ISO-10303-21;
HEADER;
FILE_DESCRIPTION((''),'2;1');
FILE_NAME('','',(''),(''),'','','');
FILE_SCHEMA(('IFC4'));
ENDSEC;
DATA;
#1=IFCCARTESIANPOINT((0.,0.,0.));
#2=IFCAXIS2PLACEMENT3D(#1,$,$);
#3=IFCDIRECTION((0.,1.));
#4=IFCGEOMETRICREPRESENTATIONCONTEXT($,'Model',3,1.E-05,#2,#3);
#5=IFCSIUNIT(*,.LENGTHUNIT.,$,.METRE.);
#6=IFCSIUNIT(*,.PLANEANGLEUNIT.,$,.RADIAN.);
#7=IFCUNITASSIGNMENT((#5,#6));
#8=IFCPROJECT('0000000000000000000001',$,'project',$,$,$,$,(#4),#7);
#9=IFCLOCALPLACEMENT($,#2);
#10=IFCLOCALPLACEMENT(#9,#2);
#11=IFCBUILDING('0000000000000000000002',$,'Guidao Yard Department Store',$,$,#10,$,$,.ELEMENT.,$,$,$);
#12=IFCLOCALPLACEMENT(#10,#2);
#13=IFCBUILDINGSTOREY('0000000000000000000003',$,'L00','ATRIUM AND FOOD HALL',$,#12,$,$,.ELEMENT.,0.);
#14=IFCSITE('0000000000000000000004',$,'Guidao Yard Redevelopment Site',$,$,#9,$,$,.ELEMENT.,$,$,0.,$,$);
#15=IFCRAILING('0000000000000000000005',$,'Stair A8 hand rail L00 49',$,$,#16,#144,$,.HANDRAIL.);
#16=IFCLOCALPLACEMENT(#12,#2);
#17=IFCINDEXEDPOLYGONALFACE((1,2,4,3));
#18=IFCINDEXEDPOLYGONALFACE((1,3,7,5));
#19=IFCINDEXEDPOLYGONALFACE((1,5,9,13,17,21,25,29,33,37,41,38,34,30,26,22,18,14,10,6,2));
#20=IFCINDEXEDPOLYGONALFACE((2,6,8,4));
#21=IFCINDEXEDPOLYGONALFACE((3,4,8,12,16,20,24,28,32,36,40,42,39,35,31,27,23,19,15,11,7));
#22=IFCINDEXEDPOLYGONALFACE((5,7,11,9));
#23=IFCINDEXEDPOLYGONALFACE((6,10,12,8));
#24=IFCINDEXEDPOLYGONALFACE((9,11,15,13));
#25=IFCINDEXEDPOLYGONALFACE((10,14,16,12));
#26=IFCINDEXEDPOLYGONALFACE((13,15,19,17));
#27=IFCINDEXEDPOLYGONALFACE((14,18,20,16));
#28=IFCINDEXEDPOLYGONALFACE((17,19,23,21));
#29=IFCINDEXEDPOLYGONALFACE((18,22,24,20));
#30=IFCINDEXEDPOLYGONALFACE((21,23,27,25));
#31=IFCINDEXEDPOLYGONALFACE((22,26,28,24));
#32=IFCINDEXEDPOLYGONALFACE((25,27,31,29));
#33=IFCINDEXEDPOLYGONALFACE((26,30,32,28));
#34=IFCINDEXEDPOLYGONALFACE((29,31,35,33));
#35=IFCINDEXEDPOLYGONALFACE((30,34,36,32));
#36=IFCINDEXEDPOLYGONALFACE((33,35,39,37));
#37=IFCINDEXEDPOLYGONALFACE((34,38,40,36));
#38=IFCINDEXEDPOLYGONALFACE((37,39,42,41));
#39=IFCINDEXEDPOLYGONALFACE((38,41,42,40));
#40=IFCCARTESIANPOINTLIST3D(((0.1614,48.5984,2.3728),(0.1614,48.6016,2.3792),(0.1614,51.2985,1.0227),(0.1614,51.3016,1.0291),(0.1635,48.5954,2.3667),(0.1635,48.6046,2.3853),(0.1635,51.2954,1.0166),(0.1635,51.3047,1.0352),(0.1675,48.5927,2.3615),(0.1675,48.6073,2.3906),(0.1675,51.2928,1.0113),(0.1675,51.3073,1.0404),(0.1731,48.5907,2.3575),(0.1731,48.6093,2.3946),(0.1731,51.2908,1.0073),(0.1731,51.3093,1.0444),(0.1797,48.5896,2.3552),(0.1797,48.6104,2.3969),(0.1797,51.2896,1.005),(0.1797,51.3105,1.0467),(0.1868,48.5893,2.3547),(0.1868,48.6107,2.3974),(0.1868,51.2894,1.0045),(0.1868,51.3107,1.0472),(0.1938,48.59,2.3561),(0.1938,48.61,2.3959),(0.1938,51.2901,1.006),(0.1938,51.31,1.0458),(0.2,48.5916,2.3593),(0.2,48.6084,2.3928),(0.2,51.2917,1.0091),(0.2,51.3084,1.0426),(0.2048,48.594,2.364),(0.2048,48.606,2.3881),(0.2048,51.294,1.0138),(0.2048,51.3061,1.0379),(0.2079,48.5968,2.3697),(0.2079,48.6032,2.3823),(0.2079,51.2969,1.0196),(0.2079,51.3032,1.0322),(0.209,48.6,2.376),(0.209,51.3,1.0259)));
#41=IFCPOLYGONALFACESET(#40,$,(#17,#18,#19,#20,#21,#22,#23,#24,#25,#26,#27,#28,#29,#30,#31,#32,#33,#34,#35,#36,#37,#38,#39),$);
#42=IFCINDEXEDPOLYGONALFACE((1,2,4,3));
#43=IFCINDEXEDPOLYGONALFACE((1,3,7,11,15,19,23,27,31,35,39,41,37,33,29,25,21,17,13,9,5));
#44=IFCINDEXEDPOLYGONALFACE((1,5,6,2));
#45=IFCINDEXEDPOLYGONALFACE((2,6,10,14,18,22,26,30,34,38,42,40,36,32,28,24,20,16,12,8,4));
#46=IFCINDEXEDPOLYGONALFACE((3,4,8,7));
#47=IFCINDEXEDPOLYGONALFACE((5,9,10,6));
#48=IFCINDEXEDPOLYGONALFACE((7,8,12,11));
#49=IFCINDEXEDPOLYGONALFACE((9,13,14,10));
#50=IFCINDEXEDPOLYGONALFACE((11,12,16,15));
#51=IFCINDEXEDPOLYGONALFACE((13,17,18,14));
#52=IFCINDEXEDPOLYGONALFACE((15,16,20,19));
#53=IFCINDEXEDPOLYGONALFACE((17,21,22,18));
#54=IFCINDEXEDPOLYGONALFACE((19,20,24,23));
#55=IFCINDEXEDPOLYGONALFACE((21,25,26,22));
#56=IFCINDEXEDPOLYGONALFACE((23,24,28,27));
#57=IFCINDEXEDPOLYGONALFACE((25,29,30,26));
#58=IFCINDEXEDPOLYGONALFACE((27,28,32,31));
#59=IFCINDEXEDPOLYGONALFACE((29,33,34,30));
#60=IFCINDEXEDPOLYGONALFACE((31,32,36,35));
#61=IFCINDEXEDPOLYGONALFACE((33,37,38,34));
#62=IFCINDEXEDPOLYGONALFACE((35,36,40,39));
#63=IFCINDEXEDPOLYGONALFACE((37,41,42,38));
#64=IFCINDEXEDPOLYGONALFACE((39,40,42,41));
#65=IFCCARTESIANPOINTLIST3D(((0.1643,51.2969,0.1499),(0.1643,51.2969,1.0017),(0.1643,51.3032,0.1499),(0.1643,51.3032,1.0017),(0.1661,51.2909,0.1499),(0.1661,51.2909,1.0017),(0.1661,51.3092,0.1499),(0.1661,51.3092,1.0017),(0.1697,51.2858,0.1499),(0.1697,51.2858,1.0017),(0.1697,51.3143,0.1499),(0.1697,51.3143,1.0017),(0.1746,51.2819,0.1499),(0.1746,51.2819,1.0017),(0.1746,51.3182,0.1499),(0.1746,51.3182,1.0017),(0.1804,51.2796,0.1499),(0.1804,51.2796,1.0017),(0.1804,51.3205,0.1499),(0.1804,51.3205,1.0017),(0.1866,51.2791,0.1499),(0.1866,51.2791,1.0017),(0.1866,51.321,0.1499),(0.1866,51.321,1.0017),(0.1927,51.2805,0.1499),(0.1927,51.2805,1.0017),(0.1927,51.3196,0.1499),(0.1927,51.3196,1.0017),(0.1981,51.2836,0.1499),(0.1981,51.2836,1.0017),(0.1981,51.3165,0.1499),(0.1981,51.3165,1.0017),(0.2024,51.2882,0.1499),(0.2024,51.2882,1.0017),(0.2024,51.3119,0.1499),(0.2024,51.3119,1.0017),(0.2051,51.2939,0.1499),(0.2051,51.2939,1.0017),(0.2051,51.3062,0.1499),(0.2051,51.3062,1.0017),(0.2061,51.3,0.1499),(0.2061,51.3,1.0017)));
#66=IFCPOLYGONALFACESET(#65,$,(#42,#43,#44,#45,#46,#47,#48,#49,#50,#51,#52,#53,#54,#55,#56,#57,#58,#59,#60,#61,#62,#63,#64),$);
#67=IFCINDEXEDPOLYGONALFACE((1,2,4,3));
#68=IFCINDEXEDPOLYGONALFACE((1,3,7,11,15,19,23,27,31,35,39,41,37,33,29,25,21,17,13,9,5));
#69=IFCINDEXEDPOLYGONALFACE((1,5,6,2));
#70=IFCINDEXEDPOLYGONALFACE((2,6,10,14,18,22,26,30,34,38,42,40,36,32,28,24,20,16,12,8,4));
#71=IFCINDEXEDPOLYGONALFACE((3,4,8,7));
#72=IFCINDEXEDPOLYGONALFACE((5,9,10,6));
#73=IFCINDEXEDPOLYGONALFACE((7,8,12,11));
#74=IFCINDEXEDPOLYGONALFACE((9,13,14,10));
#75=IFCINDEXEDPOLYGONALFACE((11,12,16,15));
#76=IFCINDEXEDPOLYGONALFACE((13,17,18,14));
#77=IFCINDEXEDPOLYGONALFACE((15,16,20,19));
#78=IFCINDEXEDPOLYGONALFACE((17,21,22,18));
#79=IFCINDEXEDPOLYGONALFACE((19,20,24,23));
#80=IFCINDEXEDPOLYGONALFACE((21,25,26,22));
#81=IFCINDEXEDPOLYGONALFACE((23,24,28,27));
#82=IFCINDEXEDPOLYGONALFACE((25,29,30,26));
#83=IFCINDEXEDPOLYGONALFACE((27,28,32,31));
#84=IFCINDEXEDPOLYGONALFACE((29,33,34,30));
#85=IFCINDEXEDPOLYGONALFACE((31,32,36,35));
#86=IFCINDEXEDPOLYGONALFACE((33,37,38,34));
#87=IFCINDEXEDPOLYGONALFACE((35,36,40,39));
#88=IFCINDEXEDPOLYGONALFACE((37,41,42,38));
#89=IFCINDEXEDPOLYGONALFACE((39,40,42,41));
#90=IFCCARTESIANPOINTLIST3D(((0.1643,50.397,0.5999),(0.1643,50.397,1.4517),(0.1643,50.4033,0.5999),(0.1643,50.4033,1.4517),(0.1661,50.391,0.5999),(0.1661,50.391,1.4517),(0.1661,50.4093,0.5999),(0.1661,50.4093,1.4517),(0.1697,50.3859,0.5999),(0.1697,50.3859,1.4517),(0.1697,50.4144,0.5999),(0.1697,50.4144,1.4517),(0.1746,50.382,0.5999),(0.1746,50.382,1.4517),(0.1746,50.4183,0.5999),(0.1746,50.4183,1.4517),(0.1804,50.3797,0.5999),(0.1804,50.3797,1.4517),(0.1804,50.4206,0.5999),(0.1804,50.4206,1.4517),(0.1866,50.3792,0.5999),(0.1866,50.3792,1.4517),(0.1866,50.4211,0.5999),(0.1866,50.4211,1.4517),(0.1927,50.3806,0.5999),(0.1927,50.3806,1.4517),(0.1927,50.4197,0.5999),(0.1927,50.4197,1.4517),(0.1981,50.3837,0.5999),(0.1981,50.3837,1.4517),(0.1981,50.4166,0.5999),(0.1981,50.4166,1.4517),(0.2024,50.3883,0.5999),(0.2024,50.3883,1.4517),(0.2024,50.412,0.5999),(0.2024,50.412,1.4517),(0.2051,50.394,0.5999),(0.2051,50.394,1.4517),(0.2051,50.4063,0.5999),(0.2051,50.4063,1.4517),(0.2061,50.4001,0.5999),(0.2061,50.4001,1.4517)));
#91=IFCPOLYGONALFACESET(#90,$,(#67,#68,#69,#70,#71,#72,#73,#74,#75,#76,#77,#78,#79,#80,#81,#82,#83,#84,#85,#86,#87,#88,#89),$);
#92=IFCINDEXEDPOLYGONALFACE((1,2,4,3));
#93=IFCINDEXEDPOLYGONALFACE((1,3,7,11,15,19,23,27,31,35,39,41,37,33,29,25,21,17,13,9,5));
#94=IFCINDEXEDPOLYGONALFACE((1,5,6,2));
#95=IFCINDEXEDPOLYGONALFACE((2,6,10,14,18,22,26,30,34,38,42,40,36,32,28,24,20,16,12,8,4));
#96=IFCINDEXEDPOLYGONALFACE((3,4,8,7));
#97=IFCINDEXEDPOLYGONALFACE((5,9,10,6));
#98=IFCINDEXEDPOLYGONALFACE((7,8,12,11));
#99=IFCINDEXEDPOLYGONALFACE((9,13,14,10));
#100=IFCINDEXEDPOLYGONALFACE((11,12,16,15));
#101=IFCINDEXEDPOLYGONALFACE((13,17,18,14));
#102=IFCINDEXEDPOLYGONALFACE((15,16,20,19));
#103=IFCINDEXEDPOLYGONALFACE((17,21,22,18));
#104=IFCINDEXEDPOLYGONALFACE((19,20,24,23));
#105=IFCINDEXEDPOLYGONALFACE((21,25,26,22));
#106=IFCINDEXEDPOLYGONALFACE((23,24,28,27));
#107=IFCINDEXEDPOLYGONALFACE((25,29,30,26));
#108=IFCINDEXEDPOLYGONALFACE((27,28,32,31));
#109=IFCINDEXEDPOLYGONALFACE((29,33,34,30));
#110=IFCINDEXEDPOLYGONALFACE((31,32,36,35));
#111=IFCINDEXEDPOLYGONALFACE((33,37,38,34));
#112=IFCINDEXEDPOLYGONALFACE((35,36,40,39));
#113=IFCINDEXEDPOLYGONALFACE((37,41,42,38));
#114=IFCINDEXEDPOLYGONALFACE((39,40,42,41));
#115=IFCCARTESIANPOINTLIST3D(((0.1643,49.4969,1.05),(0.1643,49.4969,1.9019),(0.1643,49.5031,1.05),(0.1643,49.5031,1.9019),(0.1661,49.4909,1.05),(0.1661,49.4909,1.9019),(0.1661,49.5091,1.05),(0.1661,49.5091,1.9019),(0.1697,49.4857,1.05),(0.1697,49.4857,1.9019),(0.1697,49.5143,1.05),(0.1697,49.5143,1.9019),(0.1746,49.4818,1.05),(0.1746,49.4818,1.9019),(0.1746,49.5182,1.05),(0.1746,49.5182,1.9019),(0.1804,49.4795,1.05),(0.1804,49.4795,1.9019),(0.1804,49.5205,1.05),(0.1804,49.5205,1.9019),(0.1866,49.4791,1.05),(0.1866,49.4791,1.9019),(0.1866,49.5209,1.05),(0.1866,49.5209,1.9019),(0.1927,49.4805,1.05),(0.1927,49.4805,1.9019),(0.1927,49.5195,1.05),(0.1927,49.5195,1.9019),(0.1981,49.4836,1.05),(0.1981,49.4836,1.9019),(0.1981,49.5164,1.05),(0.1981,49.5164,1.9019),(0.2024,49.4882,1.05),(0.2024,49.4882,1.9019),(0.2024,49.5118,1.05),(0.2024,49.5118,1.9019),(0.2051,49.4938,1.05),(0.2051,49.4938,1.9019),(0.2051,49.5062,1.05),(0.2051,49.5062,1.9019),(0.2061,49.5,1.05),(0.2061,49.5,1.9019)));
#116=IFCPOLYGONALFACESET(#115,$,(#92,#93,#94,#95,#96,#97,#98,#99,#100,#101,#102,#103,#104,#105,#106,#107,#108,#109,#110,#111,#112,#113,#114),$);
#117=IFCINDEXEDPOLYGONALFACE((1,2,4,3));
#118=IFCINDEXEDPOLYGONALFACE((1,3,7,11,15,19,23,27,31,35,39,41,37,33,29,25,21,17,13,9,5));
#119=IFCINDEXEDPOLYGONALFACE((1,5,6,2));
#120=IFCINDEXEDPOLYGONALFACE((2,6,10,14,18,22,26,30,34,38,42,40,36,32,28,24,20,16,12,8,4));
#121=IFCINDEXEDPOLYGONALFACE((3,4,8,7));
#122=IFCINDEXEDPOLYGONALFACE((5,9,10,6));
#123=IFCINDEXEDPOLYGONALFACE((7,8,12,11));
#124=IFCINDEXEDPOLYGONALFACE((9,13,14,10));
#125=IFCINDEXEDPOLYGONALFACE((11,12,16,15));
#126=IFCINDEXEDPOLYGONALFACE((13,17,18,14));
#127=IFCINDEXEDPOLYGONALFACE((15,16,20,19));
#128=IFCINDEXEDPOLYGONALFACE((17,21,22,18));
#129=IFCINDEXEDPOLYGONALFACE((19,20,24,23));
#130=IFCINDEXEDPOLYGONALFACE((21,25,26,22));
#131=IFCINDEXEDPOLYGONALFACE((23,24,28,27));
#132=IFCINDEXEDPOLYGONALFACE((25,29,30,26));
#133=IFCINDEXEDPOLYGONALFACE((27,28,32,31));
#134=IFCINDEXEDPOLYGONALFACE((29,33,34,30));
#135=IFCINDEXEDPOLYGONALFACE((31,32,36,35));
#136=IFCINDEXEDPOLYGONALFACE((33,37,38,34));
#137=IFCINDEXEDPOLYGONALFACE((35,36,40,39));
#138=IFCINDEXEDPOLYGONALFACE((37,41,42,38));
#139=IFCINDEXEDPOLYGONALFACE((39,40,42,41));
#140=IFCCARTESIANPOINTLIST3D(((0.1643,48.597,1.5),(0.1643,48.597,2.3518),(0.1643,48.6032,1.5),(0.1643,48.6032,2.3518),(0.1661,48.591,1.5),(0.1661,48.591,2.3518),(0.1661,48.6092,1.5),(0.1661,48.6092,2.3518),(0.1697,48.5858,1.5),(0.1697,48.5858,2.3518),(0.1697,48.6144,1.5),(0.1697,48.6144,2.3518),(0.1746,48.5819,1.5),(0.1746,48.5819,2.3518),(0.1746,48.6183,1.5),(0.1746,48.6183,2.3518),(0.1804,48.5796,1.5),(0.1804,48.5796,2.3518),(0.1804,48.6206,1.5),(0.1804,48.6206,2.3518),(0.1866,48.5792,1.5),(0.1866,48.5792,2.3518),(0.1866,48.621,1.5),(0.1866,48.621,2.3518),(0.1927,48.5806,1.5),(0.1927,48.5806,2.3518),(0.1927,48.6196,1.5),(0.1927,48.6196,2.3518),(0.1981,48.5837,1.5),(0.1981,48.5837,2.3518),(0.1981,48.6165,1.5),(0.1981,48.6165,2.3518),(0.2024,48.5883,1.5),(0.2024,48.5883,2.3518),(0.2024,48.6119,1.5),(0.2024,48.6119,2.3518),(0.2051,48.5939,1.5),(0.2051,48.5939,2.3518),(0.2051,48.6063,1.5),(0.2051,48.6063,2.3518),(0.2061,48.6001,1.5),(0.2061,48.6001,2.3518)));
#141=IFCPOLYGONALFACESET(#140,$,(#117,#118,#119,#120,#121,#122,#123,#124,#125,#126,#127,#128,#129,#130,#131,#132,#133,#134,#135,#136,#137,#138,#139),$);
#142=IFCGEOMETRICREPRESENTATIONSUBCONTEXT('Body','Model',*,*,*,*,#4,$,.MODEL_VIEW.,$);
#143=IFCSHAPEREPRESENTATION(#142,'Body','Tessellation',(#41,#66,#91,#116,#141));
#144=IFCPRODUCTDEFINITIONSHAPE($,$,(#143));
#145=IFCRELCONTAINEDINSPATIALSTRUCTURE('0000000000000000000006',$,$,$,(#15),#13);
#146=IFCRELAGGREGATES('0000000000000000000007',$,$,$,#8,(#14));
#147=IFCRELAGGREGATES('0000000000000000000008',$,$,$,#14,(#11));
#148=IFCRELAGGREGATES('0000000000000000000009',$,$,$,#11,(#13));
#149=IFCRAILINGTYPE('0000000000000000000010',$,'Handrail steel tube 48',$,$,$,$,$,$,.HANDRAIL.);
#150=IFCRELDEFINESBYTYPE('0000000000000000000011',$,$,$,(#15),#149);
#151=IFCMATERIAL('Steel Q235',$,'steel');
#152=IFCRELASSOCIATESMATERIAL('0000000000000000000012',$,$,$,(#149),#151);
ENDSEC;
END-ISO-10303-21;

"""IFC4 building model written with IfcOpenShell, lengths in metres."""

from ifc_helpers import new_model, si_unit, direction, frame, origin, origin_2d, place, context, subcontext, project, spatial, circle, extrude, material, type_object, element, save


model = new_model("IFC4")

# Units and contexts
model_context = context("Model", 3, precision=1e-05, world=origin(), true_north=direction((0.0, 1.0)))
body_context = subcontext(model_context, "Body", "Model", "MODEL_VIEW")
ifc_project = project(units=[si_unit("LENGTHUNIT", "METRE"), si_unit("PLANEANGLEUNIT", "RADIAN")], contexts=[model_context])

# Site, building, storey
site_placement = place(None, origin())
site = spatial("IfcSite", under=ifc_project, at=site_placement, Name="Guidao Yard Redevelopment Site", CompositionType="ELEMENT", RefElevation=0.0)
building_placement = place(site_placement, origin())
building = spatial("IfcBuilding", under=site, at=building_placement, Name="Guidao Yard Department Store", CompositionType="ELEMENT")
storey_placement = place(building_placement, origin())
storey = spatial("IfcBuildingStorey", under=building, at=storey_placement, Name="L00", Description="ATRIUM AND FOOD HALL", CompositionType="ELEMENT", Elevation=0.0)

# Railing
ifc_material_1 = material(Name="Steel Q235", Category="steel")
railing_type = type_object("IfcRailingType", Name="Handrail steel tube 48", PredefinedType="HANDRAIL", material=ifc_material_1)
for number, where, name in (
    (1, (0.1851, 51.3, 0.1499), "Stair A8 hand rail L00 49"),
):
    element("IfcRailing", number, at=place(storey_placement, frame(where)), inside=storey, type_object=railing_type, Name=name, PredefinedType="HANDRAIL", context=body_context, shape_type="SweptSolid", body=[
        extrude(circle(Radius=0.0239, at=origin_2d()), frame((0.0, 0.0, 0.876), z_axis=(0.0, -0.894411, 0.447246), x_axis=(1.0, 0.0, 0.0)), (0.0, 0.0, 1.0), 3.0188),
        extrude(circle(Radius=0.021, at=origin_2d()), origin(), (0.0, 0.0, 1.0), 0.8518),
        extrude(circle(Radius=0.021, at=origin_2d()), frame((0.0, -0.8999, 0.45)), (0.0, 0.0, 1.0), 0.8518),
        extrude(circle(Radius=0.021, at=origin_2d()), frame((0.0, -1.8, 0.9001)), (0.0, 0.0, 1.0), 0.8518),
        extrude(circle(Radius=0.021, at=origin_2d()), frame((0.0, -2.7, 1.3501)), (0.0, 0.0, 1.0), 0.8518),
    ])

save(model, "model.ifc")
